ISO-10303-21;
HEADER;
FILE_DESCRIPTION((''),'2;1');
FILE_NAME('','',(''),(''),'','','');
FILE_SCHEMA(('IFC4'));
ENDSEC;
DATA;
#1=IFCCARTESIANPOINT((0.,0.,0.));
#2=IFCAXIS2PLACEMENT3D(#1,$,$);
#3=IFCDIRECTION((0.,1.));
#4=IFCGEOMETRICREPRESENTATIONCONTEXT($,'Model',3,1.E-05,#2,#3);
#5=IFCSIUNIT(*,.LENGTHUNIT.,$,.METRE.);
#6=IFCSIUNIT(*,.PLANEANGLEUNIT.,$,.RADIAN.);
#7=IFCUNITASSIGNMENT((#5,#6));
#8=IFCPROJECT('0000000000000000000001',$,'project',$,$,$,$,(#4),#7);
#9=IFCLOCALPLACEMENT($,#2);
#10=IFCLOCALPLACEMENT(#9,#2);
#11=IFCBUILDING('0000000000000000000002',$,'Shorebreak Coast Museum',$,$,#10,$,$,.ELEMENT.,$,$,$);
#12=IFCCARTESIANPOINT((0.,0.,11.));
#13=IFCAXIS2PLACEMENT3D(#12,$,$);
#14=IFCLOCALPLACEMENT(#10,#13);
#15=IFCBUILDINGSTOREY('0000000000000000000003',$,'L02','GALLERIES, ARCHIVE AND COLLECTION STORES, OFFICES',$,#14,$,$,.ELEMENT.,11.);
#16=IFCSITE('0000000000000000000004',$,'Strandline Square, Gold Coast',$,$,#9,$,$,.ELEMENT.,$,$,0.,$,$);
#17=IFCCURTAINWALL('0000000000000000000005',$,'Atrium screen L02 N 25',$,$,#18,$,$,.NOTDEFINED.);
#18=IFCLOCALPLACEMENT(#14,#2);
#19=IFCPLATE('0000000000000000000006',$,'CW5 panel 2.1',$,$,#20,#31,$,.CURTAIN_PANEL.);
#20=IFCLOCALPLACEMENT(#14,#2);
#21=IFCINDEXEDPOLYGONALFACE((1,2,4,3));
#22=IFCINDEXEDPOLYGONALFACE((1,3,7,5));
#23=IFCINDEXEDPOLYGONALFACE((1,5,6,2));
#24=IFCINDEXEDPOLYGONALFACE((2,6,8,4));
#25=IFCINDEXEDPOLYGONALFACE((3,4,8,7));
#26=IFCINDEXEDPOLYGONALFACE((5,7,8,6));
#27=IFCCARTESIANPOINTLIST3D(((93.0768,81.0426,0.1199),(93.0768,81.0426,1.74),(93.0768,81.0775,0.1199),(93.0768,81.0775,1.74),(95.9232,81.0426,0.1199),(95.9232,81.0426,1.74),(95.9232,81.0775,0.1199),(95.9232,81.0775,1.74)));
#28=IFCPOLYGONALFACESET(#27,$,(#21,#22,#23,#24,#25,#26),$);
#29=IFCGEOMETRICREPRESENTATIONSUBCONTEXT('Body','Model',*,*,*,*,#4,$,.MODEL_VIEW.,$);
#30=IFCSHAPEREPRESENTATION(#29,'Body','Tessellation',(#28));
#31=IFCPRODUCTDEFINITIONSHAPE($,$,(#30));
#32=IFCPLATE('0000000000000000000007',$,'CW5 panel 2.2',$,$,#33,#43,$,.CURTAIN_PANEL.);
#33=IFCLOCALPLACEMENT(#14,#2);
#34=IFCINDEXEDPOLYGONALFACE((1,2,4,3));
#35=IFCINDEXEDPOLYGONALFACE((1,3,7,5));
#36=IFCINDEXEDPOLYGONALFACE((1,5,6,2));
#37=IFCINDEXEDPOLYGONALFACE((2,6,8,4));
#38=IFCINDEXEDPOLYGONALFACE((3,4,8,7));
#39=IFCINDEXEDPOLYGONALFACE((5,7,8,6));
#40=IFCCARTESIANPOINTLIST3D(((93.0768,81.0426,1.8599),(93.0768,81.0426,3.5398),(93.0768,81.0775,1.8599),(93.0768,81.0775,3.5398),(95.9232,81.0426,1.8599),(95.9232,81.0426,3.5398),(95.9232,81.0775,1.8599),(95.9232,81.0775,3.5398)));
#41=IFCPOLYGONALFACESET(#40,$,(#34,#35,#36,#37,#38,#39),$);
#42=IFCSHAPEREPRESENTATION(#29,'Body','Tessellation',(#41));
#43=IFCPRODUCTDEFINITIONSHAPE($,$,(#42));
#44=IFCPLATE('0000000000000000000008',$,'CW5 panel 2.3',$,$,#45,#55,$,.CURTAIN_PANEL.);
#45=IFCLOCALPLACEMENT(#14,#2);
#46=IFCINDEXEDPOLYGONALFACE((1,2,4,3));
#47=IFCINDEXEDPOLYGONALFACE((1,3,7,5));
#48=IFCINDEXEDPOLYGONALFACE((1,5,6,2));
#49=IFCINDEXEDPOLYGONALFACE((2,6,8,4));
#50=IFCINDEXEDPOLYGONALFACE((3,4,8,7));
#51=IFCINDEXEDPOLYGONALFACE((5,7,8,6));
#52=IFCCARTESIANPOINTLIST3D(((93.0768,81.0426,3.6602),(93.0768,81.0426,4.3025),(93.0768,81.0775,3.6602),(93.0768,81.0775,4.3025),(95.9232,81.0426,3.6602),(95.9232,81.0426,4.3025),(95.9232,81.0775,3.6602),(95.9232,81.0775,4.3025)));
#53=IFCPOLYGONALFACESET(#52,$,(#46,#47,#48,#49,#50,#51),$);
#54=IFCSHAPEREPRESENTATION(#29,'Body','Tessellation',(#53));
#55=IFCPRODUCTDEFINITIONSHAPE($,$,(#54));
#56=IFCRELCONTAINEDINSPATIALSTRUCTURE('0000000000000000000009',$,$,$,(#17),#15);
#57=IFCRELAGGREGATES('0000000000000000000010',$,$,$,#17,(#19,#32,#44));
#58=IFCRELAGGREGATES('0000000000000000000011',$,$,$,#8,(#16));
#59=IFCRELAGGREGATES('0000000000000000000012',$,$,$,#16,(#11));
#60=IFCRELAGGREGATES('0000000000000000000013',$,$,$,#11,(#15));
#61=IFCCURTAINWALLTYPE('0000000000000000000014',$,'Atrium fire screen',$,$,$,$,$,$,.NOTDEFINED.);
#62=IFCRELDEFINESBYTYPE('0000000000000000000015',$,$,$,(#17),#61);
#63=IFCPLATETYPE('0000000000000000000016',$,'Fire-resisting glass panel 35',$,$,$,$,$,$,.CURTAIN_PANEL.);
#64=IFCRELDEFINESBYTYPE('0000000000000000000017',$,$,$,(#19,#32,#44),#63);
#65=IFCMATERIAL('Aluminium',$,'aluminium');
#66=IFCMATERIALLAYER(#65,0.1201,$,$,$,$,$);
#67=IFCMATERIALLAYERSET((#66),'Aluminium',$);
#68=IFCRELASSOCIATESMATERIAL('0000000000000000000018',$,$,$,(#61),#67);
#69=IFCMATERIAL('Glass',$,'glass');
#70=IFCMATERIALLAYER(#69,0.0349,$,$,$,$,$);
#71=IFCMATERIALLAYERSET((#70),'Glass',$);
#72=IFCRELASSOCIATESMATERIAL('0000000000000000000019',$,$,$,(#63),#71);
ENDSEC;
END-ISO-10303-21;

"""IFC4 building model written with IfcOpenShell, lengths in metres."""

from ifc_helpers import new_model, si_unit, direction, frame, origin, origin_2d, place, context, subcontext, project, spatial, rectangle, extrude, material, layer, layer_set, type_object, element, aggregate, save


model = new_model("IFC4")

# Units and contexts
model_context = context("Model", 3, precision=1e-05, world=origin(), true_north=direction((0.0, 1.0)))
body_context = subcontext(model_context, "Body", "Model", "MODEL_VIEW")
ifc_project = project(units=[si_unit("LENGTHUNIT", "METRE"), si_unit("PLANEANGLEUNIT", "RADIAN")], contexts=[model_context])

# Site, building, storey
site_placement = place(None, origin())
site = spatial("IfcSite", under=ifc_project, at=site_placement, Name="Strandline Square, Gold Coast", CompositionType="ELEMENT", RefElevation=0.0)
building_placement = place(site_placement, origin())
building = spatial("IfcBuilding", under=site, at=building_placement, Name="Shorebreak Coast Museum", CompositionType="ELEMENT")
storey_placement = place(building_placement, frame((0.0, 0.0, 11.0)))
storey = spatial("IfcBuildingStorey", under=building, at=storey_placement, Name="L02", Description="GALLERIES, ARCHIVE AND COLLECTION STORES, OFFICES", CompositionType="ELEMENT", Elevation=11.0)

# Curtain wall
ifc_material_1 = material(Name="Aluminium", Category="aluminium")
ifc_layer_1 = layer(ifc_material_1, 0.1201)
ifc_layer_set_1 = layer_set([ifc_layer_1], Name="Aluminium")
curtain_wall_type = type_object("IfcCurtainWallType", Name="Atrium fire screen", PredefinedType="NOTDEFINED", material=ifc_layer_set_1)
curtain_wall_1_placement = place(storey_placement, origin())
curtain_wall_1 = element("IfcCurtainWall", 1, at=curtain_wall_1_placement, inside=storey, type_object=curtain_wall_type, Name="Atrium screen L02 N 25", PredefinedType="NOTDEFINED")

# Plates
ifc_material_2 = material(Name="Glass", Category="glass")
ifc_layer_2 = layer(ifc_material_2, 0.0349)
ifc_layer_set_2 = layer_set([ifc_layer_2], Name="Glass")
plate_type = type_object("IfcPlateType", Name="Fire-resisting glass panel 35", PredefinedType="CURTAIN_PANEL", material=ifc_layer_set_2)
plate_1_placement = place(storey_placement, frame((94.5, 81.0601, 0.1199), z_axis=(0.0, 0.0, 1.0), x_axis=(1.0, 0.0, 0.0)))
plate_1 = element("IfcPlate", 2, at=plate_1_placement, type_object=plate_type, Name="CW5 panel 2.1", PredefinedType="CURTAIN_PANEL", context=body_context, shape_type="SweptSolid", body=[
    extrude(rectangle(XDim=2.8464, YDim=0.0349, at=origin_2d()), origin(), (0.0, 0.0, 1.0), 1.6201),
])
plate_2_placement = place(storey_placement, frame((94.5, 81.0601, 1.8599), z_axis=(0.0, 0.0, 1.0), x_axis=(1.0, 0.0, 0.0)))
plate_2 = element("IfcPlate", 3, at=plate_2_placement, type_object=plate_type, Name="CW5 panel 2.2", PredefinedType="CURTAIN_PANEL", context=body_context, shape_type="SweptSolid", body=[
    extrude(rectangle(XDim=2.8464, YDim=0.0349, at=origin_2d()), origin(), (0.0, 0.0, 1.0), 1.6799),
])
plate_3_placement = place(storey_placement, frame((94.5, 81.0601, 3.6602), z_axis=(0.0, 0.0, 1.0), x_axis=(1.0, 0.0, 0.0)))
plate_3 = element("IfcPlate", 4, at=plate_3_placement, type_object=plate_type, Name="CW5 panel 2.3", PredefinedType="CURTAIN_PANEL", context=body_context, shape_type="SweptSolid", body=[
    extrude(rectangle(XDim=2.8464, YDim=0.0349, at=origin_2d()), origin(), (0.0, 0.0, 1.0), 0.6423),
])
aggregate(curtain_wall_1, [plate_1, plate_2, plate_3])

save(model, "model.ifc")
